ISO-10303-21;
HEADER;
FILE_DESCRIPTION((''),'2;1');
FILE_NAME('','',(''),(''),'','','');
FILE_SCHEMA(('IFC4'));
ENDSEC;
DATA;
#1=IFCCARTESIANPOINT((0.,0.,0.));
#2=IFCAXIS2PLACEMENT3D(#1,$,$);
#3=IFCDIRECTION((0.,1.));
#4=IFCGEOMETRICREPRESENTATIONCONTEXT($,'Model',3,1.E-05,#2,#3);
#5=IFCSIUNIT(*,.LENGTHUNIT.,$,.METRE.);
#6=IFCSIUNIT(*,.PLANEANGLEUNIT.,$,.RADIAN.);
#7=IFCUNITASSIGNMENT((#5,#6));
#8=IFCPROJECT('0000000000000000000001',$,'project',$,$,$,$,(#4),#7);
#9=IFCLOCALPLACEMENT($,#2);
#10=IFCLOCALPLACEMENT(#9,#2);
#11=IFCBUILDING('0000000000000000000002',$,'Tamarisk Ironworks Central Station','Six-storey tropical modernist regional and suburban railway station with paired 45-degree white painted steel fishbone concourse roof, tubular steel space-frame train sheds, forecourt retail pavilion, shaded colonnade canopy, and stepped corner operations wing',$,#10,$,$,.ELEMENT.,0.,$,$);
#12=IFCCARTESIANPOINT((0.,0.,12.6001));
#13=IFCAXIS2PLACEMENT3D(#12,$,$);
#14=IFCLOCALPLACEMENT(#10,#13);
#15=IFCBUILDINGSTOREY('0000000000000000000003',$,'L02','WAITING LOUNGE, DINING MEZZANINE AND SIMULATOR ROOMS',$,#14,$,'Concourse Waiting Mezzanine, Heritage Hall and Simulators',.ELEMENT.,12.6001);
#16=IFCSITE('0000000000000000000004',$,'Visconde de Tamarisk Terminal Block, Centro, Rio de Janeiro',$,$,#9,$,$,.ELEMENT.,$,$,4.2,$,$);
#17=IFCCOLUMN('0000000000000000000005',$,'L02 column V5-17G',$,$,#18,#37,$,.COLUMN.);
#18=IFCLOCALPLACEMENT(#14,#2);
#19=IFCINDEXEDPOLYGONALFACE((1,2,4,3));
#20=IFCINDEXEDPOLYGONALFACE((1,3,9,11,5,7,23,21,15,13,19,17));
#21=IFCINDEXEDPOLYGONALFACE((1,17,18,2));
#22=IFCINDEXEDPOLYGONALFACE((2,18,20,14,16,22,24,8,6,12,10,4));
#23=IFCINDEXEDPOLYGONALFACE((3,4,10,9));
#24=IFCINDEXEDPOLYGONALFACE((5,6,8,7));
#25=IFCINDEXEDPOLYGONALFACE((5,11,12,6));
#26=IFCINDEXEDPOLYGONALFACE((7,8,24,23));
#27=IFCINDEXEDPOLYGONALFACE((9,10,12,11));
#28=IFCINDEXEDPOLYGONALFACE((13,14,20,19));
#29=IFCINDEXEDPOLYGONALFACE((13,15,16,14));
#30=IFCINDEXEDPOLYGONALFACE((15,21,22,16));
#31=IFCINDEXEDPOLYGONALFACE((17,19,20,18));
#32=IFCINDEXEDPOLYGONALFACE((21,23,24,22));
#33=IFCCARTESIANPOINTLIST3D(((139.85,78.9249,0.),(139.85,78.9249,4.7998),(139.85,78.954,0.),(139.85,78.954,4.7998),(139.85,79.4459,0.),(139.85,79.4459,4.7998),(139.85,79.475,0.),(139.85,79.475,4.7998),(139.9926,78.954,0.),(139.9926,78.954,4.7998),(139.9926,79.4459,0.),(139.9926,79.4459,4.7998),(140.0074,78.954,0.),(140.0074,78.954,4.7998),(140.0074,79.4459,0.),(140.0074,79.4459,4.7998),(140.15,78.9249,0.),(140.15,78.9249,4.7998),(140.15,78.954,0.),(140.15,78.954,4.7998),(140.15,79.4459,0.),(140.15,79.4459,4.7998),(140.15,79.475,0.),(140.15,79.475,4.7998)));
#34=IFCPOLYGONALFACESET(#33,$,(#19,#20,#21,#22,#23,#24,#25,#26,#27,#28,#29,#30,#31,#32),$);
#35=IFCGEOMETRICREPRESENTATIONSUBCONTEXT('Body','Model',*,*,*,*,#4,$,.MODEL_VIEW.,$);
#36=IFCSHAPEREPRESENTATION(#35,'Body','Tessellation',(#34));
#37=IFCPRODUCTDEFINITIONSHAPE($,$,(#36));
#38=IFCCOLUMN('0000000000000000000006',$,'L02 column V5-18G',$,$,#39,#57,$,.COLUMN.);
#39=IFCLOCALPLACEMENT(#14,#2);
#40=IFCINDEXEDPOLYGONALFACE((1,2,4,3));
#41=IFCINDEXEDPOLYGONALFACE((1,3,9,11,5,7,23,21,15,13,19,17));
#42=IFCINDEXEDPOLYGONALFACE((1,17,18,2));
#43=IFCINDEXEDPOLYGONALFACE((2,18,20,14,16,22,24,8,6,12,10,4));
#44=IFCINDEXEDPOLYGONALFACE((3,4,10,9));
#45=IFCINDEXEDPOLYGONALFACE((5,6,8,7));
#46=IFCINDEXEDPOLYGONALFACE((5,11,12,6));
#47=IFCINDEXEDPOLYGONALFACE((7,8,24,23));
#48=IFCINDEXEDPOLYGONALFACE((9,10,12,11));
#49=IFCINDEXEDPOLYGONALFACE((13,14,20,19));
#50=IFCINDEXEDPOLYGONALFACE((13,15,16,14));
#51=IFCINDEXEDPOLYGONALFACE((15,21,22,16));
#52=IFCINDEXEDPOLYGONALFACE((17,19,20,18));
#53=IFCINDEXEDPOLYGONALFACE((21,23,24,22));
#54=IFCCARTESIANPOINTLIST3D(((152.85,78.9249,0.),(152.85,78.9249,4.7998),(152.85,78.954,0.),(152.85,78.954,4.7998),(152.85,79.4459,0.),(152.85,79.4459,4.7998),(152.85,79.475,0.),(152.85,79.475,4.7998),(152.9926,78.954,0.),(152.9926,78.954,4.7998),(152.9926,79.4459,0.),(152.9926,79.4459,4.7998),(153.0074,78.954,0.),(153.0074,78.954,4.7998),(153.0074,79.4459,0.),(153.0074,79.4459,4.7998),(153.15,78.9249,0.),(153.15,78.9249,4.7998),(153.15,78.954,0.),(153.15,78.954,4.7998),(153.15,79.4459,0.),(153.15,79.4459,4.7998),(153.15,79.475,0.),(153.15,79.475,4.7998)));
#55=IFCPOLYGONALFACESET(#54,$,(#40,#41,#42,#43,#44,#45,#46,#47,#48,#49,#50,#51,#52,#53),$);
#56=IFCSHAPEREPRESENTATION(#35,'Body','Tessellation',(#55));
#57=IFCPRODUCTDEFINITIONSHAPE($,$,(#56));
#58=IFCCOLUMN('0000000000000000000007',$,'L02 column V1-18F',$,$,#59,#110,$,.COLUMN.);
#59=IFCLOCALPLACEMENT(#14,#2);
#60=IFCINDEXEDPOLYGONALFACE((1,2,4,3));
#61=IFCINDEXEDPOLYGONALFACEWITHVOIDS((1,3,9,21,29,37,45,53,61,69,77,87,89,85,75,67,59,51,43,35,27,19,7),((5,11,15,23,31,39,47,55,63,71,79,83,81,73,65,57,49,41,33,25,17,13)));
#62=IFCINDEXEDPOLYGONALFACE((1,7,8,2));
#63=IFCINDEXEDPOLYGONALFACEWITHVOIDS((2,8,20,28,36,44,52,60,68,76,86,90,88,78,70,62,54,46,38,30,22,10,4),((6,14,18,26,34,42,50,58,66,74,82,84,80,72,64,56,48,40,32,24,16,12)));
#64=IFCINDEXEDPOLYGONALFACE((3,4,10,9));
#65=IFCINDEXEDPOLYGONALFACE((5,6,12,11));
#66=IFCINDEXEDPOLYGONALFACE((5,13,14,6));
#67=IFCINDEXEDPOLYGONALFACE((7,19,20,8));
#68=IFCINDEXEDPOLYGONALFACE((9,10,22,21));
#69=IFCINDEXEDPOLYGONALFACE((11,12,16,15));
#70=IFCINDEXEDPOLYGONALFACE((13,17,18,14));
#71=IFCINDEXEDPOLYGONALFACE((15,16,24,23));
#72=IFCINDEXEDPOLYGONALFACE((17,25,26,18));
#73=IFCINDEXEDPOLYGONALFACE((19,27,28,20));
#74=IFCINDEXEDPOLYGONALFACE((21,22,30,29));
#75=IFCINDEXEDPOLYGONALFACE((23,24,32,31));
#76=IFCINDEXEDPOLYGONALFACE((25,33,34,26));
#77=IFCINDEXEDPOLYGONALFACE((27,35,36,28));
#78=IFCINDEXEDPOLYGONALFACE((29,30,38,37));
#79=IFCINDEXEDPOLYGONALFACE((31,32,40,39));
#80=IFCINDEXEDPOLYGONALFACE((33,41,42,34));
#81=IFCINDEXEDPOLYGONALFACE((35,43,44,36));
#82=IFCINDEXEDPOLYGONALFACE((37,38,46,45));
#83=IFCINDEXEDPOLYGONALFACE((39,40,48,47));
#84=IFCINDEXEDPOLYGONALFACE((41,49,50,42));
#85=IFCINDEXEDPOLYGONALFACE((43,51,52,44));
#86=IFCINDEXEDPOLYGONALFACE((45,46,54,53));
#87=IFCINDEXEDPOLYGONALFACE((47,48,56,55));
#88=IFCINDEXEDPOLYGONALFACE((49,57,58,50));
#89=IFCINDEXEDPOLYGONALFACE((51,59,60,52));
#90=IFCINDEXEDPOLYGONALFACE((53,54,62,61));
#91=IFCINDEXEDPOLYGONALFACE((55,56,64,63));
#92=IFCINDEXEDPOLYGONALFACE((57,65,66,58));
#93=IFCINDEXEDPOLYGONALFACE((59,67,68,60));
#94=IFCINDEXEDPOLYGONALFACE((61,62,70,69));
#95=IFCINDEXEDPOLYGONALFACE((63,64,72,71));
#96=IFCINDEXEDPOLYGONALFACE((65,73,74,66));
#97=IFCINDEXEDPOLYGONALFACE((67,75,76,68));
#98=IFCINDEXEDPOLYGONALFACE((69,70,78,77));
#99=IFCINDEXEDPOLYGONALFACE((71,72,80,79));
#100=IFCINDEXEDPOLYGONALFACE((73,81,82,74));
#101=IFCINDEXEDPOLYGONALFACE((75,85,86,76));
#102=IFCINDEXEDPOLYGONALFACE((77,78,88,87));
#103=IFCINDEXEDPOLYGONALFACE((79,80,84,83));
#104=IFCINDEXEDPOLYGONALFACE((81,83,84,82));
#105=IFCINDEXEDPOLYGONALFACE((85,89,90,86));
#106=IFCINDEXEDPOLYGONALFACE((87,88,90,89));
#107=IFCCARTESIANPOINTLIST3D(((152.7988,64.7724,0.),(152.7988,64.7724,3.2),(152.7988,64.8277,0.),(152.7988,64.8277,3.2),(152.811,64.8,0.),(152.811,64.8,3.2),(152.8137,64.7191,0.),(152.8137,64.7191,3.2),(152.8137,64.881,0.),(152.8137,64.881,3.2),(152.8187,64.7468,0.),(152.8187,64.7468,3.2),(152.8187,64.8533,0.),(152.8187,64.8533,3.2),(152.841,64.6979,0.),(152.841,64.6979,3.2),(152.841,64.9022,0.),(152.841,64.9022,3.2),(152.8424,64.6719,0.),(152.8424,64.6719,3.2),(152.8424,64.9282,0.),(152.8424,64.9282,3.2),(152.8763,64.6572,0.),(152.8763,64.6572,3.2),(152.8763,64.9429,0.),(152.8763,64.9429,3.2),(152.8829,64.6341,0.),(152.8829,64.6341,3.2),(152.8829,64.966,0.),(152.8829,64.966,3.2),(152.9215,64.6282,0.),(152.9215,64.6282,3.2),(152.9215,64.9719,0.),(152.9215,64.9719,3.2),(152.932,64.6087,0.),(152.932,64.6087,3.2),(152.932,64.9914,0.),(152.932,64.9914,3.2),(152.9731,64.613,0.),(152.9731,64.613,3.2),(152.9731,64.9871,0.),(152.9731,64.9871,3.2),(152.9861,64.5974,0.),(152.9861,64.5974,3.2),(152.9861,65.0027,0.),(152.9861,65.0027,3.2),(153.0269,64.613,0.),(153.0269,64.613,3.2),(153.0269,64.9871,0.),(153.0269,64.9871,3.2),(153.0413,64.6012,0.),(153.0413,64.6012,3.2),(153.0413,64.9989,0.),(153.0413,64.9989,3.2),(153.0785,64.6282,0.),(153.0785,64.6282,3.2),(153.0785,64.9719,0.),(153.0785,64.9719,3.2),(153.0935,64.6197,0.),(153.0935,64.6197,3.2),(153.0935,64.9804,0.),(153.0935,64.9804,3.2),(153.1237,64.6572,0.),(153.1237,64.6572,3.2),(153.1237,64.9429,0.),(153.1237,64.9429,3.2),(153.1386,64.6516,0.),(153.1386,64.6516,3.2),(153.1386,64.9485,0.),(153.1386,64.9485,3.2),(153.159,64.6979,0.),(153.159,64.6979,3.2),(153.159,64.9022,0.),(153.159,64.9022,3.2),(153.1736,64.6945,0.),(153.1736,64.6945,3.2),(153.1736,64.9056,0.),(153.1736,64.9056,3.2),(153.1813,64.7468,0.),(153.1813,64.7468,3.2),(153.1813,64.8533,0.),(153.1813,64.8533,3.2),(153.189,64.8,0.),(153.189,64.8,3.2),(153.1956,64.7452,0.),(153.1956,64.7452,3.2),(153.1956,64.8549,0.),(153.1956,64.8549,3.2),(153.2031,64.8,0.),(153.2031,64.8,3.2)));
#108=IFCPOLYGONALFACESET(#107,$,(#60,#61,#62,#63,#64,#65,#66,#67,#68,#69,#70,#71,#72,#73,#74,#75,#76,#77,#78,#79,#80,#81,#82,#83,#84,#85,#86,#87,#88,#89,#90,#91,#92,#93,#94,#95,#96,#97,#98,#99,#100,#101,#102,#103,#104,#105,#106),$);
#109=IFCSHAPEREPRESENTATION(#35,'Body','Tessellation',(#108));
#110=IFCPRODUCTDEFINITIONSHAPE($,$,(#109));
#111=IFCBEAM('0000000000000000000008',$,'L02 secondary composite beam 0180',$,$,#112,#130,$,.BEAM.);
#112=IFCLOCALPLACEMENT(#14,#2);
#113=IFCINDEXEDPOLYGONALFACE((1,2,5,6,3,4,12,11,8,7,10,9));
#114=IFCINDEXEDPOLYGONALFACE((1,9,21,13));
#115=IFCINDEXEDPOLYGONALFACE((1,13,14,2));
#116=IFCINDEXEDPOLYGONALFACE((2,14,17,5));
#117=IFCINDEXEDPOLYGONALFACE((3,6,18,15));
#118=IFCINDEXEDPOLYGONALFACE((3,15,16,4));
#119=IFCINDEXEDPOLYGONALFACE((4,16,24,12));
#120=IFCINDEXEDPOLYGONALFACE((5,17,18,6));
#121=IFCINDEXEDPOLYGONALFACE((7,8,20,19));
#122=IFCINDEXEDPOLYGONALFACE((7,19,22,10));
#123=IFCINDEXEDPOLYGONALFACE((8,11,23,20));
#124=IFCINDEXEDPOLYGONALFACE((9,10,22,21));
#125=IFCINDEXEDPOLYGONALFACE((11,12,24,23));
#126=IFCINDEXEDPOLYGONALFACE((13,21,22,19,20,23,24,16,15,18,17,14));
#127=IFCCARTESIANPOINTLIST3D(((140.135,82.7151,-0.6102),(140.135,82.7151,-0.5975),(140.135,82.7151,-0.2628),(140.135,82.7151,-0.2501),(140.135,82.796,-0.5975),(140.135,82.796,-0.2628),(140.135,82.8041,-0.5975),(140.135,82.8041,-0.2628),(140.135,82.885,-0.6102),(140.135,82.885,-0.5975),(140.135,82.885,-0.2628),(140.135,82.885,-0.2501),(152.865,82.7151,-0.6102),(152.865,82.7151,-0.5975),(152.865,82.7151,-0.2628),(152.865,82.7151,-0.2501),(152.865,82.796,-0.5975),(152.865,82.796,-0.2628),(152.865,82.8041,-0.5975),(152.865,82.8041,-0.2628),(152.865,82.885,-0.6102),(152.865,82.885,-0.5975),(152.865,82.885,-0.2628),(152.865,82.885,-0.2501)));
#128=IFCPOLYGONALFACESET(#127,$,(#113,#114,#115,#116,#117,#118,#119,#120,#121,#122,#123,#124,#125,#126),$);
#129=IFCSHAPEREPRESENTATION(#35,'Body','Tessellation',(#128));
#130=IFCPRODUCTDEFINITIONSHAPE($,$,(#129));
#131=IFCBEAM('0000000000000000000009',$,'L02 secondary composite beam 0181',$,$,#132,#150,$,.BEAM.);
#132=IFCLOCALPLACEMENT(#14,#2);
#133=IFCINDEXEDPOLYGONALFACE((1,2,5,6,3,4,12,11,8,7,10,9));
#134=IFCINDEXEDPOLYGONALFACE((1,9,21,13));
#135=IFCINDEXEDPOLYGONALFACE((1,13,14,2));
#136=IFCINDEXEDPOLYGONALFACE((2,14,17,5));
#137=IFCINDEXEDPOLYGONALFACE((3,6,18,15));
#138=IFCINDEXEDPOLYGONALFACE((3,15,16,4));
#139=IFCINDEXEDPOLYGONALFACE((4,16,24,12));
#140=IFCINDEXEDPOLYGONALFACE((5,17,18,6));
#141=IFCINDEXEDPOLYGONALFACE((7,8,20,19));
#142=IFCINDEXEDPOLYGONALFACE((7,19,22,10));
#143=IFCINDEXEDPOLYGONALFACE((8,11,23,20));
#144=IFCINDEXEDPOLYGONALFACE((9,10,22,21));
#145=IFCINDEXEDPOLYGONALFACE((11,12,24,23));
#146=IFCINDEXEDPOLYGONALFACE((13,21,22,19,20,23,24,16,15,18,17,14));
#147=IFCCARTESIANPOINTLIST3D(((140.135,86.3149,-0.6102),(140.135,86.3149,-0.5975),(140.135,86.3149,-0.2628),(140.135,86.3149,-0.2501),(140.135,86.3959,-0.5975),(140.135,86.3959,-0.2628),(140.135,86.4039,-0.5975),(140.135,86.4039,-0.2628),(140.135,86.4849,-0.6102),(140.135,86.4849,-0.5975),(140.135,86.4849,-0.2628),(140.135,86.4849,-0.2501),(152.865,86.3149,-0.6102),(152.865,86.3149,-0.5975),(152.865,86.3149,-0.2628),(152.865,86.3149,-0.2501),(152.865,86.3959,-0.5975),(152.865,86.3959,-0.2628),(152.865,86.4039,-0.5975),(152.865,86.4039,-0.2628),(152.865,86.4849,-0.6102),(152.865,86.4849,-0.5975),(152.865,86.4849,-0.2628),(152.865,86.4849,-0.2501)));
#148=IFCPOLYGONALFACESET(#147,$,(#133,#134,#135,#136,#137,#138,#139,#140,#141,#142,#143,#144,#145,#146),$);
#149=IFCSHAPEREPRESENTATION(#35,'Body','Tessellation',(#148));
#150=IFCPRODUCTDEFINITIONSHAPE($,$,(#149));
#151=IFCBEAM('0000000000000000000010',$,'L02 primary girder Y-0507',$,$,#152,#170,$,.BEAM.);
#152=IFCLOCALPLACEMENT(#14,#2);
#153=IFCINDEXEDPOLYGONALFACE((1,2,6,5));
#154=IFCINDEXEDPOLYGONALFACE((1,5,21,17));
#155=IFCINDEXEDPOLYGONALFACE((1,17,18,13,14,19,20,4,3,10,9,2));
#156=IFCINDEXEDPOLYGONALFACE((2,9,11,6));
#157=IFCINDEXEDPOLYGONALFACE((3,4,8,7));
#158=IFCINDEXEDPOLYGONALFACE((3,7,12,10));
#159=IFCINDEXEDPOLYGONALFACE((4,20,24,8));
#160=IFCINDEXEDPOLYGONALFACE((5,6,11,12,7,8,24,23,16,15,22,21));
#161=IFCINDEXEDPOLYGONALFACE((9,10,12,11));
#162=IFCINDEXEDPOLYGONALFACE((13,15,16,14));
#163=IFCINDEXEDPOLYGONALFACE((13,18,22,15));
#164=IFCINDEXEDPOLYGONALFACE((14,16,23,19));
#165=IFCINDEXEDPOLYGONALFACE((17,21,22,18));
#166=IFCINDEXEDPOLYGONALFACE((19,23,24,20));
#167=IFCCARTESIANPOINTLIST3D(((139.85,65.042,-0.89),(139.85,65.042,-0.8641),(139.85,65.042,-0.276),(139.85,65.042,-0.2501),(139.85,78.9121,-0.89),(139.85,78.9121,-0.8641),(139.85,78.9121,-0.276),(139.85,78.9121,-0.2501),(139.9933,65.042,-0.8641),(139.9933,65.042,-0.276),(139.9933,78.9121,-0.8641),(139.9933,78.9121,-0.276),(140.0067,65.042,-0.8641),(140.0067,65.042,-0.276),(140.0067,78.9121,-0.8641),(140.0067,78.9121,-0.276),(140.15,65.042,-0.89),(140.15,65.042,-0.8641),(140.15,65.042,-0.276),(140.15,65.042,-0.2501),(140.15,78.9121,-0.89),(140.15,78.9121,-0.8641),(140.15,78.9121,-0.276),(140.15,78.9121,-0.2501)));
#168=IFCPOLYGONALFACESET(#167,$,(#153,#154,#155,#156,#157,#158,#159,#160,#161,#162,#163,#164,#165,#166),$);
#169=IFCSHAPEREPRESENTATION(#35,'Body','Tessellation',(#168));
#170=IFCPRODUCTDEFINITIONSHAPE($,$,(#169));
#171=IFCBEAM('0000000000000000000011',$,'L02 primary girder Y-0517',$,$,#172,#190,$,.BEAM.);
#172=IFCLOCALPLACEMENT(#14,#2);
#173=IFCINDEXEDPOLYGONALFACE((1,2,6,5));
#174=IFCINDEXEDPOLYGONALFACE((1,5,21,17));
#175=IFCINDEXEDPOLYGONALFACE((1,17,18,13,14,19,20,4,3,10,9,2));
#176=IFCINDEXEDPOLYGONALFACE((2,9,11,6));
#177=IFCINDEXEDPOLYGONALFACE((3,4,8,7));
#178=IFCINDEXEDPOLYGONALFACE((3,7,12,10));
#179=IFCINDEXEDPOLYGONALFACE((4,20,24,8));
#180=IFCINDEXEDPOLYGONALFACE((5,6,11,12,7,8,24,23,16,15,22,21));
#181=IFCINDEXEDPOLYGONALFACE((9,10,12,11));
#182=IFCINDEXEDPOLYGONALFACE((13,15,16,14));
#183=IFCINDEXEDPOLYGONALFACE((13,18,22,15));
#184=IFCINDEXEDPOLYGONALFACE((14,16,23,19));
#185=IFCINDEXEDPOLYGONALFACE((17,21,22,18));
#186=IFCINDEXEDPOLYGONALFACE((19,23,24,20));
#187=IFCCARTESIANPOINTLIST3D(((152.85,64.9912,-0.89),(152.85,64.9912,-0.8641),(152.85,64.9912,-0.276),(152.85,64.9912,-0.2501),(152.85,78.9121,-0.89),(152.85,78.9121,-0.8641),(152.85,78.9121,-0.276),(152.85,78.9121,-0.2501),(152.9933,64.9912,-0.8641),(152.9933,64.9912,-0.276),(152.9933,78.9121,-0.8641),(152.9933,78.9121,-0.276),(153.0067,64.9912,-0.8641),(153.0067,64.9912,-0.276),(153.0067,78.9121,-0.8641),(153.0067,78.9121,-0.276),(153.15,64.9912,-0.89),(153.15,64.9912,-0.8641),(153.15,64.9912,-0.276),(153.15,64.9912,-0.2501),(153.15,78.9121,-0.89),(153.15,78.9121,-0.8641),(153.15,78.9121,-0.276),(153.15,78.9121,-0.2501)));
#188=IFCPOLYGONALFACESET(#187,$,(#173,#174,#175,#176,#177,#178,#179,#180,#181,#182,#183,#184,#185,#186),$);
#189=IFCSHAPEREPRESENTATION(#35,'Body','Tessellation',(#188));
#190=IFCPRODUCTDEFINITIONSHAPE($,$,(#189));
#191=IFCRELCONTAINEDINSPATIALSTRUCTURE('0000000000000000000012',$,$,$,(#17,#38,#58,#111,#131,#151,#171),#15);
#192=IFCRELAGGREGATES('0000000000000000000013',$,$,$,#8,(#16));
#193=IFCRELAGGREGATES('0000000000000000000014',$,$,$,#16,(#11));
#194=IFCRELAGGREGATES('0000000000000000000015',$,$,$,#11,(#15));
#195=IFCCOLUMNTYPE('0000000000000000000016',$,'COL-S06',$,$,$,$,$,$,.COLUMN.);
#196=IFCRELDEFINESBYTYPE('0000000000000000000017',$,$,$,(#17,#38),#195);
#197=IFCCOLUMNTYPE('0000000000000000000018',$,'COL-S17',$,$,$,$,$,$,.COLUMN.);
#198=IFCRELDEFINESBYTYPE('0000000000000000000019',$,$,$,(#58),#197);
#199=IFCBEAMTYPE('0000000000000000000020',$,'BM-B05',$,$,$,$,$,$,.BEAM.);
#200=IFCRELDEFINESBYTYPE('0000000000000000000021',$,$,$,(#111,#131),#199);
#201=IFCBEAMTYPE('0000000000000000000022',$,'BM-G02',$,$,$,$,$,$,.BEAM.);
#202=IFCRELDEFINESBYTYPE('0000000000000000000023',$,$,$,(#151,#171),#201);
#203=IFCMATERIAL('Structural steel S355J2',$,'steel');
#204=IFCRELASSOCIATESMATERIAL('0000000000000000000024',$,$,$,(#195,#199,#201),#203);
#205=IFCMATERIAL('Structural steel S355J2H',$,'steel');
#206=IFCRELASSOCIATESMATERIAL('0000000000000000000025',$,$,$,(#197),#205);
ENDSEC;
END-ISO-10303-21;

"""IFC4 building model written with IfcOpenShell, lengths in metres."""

from ifc_helpers import new_model, si_unit, direction, frame, origin, origin_2d, place, context, subcontext, project, spatial, hollow_circle, i_section, extrude, material, material_profile, profile_set, type_object, element, save


model = new_model("IFC4")

# Units and contexts
model_context = context("Model", 3, precision=1e-05, world=origin(), true_north=direction((0.0, 1.0)))
body_context = subcontext(model_context, "Body", "Model", "MODEL_VIEW")
ifc_project = project(units=[si_unit("LENGTHUNIT", "METRE"), si_unit("PLANEANGLEUNIT", "RADIAN")], contexts=[model_context])

# Site, building, storey
site_placement = place(None, origin())
site = spatial("IfcSite", under=ifc_project, at=site_placement, Name="Visconde de Tamarisk Terminal Block, Centro, Rio de Janeiro", CompositionType="ELEMENT", RefElevation=4.2)
building_placement = place(site_placement, origin())
building = spatial("IfcBuilding", under=site, at=building_placement, Name="Tamarisk Ironworks Central Station", Description="Six-storey tropical modernist regional and suburban railway station with paired 45-degree white painted steel fishbone concourse roof, tubular steel space-frame train sheds, forecourt retail pavilion, shaded colonnade canopy, and stepped corner operations wing", CompositionType="ELEMENT", ElevationOfRefHeight=0.0)
storey_placement = place(building_placement, frame((0.0, 0.0, 12.6001)))
storey = spatial("IfcBuildingStorey", under=building, at=storey_placement, Name="L02", Description="WAITING LOUNGE, DINING MEZZANINE AND SIMULATOR ROOMS", LongName="Concourse Waiting Mezzanine, Heritage Hall and Simulators", CompositionType="ELEMENT", Elevation=12.6001)

# Columns
ifc_material_1 = material(Name="Structural steel S355J2", Category="steel")
ifc_material_profile_1 = material_profile(ifc_material_1, i_section(OverallWidth=0.3, OverallDepth=0.55, WebThickness=0.0149, FlangeThickness=0.0291, at=origin_2d()), Name="HEB 550")
ifc_profile_set_1 = profile_set([ifc_material_profile_1], Name="Structural steel S355J2")
column_type_1 = type_object("IfcColumnType", Name="COL-S06", PredefinedType="COLUMN", material=ifc_profile_set_1)
for number, where, z_axis, x_axis, name in (
    (1, (140.0, 79.2, 0.0), (0.0, 0.0, 1.0), (1.0, 0.0, 0.0), "L02 column V5-17G"),
    (2, (153.0, 79.2, 0.0), (0.0, 0.0, 1.0), (1.0, 0.0, 0.0), "L02 column V5-18G"),
):
    element("IfcColumn", number, at=place(storey_placement, frame(where, z_axis=z_axis, x_axis=x_axis)), inside=storey, type_object=column_type_1, Name=name, PredefinedType="COLUMN", context=body_context, shape_type="SweptSolid", body=[
        extrude(i_section(OverallWidth=0.3, OverallDepth=0.55, WebThickness=0.0149, FlangeThickness=0.0291, at=origin_2d()), origin(), (0.0, 0.0, 1.0), 4.7998),
    ])
ifc_material_2 = material(Name="Structural steel S355J2H", Category="steel")
ifc_material_profile_2 = material_profile(ifc_material_2, hollow_circle(Radius=0.2031, WallThickness=0.0142, at=origin_2d()), Name="CHS 406.4x14.2")
ifc_profile_set_2 = profile_set([ifc_material_profile_2], Name="Structural steel S355J2H")
column_type_2 = type_object("IfcColumnType", Name="COL-S17", PredefinedType="COLUMN", material=ifc_profile_set_2)
column_placement = place(storey_placement, frame((153.0, 64.8, 0.0), z_axis=(0.0, 0.0, 1.0), x_axis=(1.0, 0.0, 0.0)))
element("IfcColumn", 3, at=column_placement, inside=storey, type_object=column_type_2, Name="L02 column V1-18F", PredefinedType="COLUMN", context=body_context, shape_type="SweptSolid", body=[
    extrude(hollow_circle(Radius=0.2031, WallThickness=0.0142, at=origin_2d()), origin(), (0.0, 0.0, 1.0), 3.2),
])

# Beams
ifc_material_profile_3 = material_profile(ifc_material_1, i_section(OverallWidth=0.1699, OverallDepth=0.3601, WebThickness=0.0081, FlangeThickness=0.0127, at=origin_2d()), Name="IPE 360")
ifc_profile_set_3 = profile_set([ifc_material_profile_3], Name="Structural steel S355J2")
beam_type_1 = type_object("IfcBeamType", Name="BM-B05", PredefinedType="BEAM", material=ifc_profile_set_3)
for number, where, z_axis, x_axis, name in (
    (4, (140.135, 82.8, -0.4302), (1.0, 0.0, 0.0), (0.0, 1.0, 0.0), "L02 secondary composite beam 0180"),
    (5, (140.135, 86.3999, -0.4302), (1.0, 0.0, 0.0), (0.0, 1.0, 0.0), "L02 secondary composite beam 0181"),
):
    element("IfcBeam", number, at=place(storey_placement, frame(where, z_axis=z_axis, x_axis=x_axis)), inside=storey, type_object=beam_type_1, Name=name, PredefinedType="BEAM", context=body_context, shape_type="SweptSolid", body=[
        extrude(i_section(OverallWidth=0.1699, OverallDepth=0.3601, WebThickness=0.0081, FlangeThickness=0.0127, at=origin_2d()), origin(), (0.0, 0.0, 1.0), 12.73),
    ])
ifc_material_profile_4 = material_profile(ifc_material_1, i_section(OverallWidth=0.3, OverallDepth=0.6399, WebThickness=0.0134, FlangeThickness=0.0259, at=origin_2d()), Name="HEA 650")
ifc_profile_set_4 = profile_set([ifc_material_profile_4], Name="Structural steel S355J2")
beam_type_2 = type_object("IfcBeamType", Name="BM-G02", PredefinedType="BEAM", material=ifc_profile_set_4)
beam_1_placement = place(storey_placement, frame((140.0, 65.042, -0.5701), z_axis=(0.0, 1.0, 0.0), x_axis=(-1.0, 0.0, 0.0)))
element("IfcBeam", 6, at=beam_1_placement, inside=storey, type_object=beam_type_2, Name="L02 primary girder Y-0507", PredefinedType="BEAM", context=body_context, shape_type="SweptSolid", body=[
    extrude(i_section(OverallWidth=0.3, OverallDepth=0.6399, WebThickness=0.0134, FlangeThickness=0.0259, at=origin_2d()), origin(), (0.0, 0.0, 1.0), 13.8701),
])
beam_2_placement = place(storey_placement, frame((153.0, 64.9912, -0.5701), z_axis=(0.0, 1.0, 0.0), x_axis=(-1.0, 0.0, 0.0)))
element("IfcBeam", 7, at=beam_2_placement, inside=storey, type_object=beam_type_2, Name="L02 primary girder Y-0517", PredefinedType="BEAM", context=body_context, shape_type="SweptSolid", body=[
    extrude(i_section(OverallWidth=0.3, OverallDepth=0.6399, WebThickness=0.0134, FlangeThickness=0.0259, at=origin_2d()), origin(), (0.0, 0.0, 1.0), 13.9209),
])

save(model, "model.ifc")
